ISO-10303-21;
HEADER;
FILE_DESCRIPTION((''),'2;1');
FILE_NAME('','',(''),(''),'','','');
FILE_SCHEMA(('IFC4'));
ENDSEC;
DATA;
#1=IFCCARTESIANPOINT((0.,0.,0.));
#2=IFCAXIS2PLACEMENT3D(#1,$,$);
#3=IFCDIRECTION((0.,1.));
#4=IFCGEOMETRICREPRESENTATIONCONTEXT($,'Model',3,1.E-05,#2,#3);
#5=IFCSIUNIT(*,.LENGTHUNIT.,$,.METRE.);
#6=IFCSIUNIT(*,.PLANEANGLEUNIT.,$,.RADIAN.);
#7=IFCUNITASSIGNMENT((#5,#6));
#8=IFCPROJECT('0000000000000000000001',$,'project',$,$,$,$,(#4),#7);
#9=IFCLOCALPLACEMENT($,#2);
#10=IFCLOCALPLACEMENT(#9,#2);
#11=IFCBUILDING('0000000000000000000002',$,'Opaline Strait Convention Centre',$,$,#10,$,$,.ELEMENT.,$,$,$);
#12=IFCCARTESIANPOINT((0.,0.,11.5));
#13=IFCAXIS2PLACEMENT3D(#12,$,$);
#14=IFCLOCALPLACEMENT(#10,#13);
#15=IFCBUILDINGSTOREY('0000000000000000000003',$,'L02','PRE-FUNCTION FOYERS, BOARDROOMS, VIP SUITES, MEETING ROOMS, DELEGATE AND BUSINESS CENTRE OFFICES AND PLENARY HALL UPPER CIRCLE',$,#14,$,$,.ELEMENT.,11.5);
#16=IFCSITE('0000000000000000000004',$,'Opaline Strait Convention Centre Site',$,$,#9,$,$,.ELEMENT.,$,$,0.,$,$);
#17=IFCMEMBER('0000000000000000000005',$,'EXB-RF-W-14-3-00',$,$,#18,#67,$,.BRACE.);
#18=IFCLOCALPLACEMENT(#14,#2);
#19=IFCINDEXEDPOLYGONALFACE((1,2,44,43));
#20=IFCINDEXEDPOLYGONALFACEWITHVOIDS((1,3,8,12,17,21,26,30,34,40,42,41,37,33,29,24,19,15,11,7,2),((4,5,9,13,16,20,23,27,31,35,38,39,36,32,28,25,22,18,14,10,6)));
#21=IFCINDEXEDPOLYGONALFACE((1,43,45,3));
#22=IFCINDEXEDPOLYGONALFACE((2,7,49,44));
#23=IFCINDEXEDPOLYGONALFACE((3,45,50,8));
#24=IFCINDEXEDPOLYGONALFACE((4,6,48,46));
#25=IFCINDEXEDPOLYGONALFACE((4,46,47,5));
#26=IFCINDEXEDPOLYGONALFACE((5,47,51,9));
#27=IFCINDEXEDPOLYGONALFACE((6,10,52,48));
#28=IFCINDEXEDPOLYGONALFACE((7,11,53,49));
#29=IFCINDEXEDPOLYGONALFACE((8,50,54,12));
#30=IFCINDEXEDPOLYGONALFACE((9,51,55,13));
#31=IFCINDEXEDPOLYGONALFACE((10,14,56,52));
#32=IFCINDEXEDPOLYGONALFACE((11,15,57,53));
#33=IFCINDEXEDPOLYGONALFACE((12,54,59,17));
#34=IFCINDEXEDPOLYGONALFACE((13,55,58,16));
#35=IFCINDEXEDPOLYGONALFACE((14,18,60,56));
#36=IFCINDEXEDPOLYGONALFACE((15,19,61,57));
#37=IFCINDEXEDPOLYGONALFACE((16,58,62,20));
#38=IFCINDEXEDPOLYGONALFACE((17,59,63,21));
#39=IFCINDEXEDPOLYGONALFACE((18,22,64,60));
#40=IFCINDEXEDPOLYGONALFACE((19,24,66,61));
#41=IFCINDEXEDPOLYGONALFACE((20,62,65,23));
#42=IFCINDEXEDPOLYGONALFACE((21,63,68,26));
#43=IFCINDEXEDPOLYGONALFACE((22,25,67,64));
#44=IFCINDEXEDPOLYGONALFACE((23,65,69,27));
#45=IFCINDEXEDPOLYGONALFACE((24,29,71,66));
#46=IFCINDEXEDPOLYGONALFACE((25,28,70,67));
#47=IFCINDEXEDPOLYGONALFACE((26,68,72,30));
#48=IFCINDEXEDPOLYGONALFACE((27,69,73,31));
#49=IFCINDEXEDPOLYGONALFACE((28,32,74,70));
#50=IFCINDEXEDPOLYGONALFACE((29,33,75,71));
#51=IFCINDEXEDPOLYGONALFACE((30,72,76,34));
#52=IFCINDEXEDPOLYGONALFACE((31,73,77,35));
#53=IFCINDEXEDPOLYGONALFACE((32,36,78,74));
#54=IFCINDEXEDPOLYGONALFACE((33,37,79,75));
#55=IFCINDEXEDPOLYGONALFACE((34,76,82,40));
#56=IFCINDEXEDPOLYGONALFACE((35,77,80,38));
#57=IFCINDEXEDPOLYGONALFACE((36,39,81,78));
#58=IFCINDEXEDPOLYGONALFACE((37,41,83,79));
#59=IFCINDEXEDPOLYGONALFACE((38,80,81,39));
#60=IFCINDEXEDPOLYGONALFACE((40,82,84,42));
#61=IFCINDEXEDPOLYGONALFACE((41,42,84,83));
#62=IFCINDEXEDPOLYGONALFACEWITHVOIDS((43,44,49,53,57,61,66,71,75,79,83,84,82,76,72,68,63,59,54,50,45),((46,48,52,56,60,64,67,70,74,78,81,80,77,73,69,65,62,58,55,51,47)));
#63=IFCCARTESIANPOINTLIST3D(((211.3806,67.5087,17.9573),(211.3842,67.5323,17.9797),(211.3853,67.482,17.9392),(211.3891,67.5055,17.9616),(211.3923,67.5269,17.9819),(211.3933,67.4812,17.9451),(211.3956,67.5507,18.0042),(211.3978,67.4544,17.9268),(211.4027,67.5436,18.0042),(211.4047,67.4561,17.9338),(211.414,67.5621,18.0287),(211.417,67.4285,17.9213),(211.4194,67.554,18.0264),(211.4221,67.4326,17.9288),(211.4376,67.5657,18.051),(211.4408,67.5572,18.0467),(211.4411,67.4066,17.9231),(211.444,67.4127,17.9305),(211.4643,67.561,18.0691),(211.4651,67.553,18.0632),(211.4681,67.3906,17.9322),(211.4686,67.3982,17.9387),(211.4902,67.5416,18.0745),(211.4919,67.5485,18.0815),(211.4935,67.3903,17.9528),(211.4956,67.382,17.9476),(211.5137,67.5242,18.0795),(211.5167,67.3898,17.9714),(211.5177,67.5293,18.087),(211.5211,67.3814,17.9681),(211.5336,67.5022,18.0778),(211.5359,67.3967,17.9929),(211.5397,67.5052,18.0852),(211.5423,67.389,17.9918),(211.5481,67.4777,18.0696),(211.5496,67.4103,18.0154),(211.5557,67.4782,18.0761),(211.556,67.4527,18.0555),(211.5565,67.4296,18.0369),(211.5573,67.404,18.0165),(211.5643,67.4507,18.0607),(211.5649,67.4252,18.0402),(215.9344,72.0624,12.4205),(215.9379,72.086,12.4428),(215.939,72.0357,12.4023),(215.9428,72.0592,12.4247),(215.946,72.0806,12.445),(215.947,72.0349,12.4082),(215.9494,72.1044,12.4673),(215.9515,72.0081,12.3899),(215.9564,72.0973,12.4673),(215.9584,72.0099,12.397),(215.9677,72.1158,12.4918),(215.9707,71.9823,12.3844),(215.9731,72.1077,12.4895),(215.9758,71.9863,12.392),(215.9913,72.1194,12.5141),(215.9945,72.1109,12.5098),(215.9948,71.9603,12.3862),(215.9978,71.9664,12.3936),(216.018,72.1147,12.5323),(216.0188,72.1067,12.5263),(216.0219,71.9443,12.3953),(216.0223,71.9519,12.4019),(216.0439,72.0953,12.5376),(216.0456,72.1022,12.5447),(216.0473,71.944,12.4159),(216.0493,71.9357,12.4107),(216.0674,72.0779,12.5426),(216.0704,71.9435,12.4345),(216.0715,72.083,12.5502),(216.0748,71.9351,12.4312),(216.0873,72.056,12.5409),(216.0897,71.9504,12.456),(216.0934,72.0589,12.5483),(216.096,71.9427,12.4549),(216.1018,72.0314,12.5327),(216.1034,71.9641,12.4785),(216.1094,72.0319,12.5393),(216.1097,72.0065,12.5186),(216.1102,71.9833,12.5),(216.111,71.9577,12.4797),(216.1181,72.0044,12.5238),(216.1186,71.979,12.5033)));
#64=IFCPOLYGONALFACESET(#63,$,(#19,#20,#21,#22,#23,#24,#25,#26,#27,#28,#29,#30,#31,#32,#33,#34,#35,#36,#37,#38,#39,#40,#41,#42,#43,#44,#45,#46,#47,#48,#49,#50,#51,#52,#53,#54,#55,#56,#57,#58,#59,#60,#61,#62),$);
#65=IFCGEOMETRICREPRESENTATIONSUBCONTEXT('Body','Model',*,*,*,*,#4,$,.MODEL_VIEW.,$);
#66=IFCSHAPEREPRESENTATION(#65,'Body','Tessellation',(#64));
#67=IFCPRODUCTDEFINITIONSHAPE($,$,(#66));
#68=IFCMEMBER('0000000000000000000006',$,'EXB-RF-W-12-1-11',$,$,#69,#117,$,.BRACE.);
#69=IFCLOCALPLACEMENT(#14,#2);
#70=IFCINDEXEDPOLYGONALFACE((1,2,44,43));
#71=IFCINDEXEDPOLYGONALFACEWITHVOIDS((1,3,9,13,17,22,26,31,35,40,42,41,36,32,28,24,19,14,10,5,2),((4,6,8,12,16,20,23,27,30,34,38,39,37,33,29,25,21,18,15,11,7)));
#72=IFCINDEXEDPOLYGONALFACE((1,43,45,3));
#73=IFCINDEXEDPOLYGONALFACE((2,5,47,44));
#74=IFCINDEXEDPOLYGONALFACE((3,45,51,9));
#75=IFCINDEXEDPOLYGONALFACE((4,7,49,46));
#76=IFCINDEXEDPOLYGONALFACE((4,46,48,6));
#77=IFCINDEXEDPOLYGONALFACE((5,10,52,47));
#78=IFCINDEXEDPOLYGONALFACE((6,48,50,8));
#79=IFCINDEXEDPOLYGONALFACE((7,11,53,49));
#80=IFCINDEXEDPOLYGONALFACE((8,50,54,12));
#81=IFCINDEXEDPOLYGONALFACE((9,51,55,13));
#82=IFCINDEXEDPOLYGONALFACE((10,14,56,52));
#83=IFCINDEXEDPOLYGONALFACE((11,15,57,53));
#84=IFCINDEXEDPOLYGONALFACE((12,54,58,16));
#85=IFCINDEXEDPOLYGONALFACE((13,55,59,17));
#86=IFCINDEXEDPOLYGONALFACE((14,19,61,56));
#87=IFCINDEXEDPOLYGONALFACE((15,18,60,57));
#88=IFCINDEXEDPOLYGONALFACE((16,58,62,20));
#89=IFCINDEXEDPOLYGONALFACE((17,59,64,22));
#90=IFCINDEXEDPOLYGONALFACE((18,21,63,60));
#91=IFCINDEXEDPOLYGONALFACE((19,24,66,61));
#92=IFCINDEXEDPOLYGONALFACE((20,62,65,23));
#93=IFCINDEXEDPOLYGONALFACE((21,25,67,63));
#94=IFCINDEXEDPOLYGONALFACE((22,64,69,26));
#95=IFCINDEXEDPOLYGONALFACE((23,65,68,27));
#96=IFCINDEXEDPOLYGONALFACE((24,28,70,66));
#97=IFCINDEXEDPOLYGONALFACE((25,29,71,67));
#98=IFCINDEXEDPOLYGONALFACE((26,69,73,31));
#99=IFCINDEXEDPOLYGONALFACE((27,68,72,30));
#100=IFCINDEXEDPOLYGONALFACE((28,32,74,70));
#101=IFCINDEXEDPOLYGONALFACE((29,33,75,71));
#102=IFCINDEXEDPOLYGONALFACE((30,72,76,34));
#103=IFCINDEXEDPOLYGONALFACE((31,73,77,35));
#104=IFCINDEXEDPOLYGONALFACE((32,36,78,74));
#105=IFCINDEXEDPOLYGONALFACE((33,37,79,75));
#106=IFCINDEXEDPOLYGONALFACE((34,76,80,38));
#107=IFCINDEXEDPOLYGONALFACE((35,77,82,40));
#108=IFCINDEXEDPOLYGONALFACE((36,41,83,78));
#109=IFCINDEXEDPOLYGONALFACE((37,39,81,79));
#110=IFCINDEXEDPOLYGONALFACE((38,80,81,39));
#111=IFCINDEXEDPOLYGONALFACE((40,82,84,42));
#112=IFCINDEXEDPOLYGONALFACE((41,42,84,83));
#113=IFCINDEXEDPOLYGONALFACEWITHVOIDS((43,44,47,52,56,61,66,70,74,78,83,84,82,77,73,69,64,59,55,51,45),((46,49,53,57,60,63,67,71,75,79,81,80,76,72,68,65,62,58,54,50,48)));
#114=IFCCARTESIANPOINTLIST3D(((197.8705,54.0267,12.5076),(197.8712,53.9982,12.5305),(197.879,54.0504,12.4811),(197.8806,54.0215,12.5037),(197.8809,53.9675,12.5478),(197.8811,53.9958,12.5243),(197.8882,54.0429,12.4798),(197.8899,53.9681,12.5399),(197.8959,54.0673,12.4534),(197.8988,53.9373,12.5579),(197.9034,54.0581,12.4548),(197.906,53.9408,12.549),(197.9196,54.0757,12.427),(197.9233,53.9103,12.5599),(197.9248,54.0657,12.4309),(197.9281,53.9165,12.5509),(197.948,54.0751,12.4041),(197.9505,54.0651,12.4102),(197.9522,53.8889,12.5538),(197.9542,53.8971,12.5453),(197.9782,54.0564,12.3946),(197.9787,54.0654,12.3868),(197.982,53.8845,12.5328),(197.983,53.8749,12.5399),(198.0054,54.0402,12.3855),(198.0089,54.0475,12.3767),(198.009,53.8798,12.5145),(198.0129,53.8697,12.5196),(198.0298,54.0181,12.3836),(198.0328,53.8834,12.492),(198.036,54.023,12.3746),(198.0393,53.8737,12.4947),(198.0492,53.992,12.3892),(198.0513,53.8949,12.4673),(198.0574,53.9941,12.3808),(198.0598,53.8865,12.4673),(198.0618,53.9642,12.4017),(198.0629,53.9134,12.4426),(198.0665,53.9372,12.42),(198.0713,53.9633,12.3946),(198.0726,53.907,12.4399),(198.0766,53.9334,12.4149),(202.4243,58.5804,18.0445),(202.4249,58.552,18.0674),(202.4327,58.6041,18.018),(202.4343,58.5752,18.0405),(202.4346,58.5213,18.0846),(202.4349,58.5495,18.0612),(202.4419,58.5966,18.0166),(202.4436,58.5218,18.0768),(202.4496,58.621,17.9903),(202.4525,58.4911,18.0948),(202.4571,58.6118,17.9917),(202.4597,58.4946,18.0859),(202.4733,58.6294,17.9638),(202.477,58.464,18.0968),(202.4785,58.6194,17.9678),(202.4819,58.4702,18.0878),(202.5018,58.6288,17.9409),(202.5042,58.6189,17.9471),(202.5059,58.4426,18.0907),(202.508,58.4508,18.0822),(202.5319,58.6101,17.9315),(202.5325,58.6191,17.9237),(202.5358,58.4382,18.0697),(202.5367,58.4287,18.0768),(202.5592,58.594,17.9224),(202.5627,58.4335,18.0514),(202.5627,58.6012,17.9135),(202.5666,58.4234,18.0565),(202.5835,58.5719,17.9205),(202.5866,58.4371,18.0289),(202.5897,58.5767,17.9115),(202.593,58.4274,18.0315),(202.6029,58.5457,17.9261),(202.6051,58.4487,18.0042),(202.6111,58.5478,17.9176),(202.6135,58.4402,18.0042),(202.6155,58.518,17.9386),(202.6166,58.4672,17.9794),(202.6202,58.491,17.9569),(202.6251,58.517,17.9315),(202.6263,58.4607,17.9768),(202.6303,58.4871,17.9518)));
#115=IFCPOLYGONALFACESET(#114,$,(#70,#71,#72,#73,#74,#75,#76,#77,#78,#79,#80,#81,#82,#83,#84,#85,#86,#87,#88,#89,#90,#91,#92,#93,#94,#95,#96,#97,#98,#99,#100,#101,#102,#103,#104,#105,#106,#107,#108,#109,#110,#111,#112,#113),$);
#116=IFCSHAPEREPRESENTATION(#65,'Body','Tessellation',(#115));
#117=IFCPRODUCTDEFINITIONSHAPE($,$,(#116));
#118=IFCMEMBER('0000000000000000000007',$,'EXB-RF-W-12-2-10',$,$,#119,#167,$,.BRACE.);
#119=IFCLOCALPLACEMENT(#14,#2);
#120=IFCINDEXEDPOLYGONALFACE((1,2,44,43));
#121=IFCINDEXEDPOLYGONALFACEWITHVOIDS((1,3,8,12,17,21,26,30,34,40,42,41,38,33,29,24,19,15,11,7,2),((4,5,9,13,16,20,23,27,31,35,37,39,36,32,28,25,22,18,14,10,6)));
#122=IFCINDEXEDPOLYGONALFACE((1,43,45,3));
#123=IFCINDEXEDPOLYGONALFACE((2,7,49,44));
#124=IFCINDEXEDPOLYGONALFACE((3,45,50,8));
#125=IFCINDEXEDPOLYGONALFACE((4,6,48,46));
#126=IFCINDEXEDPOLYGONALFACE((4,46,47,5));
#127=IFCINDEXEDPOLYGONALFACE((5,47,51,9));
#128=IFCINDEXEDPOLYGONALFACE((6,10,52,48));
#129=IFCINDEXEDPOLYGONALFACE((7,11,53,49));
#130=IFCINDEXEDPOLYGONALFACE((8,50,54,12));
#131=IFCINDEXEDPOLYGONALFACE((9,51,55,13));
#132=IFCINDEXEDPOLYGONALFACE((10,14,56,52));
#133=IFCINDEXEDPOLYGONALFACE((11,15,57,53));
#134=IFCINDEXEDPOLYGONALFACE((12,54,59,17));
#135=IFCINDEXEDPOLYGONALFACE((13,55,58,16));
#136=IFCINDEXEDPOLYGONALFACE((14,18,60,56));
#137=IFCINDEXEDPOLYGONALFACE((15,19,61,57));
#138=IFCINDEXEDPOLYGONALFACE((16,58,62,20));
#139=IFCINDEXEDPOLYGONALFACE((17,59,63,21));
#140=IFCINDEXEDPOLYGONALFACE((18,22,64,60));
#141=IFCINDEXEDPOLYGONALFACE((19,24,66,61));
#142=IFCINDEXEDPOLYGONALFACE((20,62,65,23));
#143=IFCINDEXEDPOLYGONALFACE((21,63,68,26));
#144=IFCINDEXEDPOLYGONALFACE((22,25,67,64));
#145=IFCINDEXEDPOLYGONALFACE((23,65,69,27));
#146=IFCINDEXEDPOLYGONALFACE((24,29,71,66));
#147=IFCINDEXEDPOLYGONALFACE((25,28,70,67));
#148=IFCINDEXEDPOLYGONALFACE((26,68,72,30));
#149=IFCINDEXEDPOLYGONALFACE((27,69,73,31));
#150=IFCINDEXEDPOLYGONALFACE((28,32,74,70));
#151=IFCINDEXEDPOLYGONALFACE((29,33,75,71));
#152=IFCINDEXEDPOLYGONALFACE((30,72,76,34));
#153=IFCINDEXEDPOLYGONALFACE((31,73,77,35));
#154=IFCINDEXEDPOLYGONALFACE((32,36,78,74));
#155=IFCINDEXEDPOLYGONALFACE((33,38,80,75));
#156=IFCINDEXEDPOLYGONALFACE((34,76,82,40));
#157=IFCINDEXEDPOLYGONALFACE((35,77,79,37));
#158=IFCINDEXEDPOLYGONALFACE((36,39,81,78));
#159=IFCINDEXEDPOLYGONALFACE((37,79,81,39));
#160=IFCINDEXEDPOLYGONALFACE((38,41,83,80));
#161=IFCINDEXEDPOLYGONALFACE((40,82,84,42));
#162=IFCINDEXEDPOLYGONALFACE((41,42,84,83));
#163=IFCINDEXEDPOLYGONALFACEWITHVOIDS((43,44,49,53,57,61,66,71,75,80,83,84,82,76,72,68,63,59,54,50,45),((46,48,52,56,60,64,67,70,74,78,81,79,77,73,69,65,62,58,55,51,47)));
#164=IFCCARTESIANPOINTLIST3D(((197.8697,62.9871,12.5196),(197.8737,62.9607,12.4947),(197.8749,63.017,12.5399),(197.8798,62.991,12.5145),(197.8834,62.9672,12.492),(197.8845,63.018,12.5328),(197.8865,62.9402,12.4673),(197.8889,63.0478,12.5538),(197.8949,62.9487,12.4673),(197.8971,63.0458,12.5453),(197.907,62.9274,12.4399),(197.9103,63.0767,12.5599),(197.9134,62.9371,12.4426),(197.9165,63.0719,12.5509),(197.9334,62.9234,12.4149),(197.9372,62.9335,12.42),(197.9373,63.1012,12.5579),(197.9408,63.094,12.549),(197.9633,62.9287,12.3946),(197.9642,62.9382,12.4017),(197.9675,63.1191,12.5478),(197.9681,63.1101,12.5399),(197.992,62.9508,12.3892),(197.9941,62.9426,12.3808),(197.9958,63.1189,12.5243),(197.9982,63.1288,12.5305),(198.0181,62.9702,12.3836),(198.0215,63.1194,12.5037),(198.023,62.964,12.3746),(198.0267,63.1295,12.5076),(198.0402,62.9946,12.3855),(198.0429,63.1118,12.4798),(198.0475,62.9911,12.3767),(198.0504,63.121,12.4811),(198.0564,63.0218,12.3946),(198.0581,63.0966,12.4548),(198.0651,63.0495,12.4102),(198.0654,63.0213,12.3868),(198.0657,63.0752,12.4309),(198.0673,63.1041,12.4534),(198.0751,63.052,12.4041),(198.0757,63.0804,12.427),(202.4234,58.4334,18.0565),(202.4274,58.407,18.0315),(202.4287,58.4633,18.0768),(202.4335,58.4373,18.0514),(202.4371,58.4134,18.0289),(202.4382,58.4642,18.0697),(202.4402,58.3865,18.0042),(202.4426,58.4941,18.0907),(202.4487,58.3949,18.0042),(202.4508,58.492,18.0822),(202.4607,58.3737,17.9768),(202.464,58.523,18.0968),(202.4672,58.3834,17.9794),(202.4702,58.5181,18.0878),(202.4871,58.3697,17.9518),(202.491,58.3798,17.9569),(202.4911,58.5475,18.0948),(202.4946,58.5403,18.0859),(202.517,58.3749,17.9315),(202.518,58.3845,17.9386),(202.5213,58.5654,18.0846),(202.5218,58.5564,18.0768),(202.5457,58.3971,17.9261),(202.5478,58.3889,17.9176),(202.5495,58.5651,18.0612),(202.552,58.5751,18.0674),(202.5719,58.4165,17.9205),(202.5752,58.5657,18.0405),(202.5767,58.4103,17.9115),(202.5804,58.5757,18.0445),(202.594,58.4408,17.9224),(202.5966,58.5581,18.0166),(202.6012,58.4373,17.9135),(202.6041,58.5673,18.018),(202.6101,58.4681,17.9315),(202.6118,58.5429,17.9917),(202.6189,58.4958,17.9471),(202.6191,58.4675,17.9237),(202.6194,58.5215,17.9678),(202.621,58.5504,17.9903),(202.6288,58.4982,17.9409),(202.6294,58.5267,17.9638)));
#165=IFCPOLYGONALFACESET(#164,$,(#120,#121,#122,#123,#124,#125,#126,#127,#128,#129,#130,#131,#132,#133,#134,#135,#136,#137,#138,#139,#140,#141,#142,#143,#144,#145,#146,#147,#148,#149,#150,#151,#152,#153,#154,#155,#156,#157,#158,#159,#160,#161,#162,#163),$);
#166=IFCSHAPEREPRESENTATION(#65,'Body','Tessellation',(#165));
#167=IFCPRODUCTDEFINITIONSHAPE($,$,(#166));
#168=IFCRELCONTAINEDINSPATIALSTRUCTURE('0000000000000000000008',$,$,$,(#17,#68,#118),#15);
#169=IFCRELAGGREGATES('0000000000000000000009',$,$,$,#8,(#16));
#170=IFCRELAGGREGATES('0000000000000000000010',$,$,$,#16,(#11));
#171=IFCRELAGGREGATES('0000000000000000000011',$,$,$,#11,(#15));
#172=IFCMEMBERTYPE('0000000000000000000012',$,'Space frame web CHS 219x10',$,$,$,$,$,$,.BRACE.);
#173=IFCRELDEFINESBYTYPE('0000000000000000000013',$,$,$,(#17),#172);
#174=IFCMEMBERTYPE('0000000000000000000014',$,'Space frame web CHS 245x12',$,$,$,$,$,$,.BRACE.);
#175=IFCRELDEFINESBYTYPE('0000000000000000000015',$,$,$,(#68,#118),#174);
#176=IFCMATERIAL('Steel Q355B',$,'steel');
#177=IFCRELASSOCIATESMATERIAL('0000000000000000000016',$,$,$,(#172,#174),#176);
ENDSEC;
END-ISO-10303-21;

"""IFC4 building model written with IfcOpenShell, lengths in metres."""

from ifc_helpers import new_model, si_unit, direction, frame, origin, origin_2d, place, context, subcontext, project, spatial, hollow_circle, extrude, material, material_profile, profile_set, type_object, element, save


model = new_model("IFC4")

# Units and contexts
model_context = context("Model", 3, precision=1e-05, world=origin(), true_north=direction((0.0, 1.0)))
body_context = subcontext(model_context, "Body", "Model", "MODEL_VIEW")
ifc_project = project(units=[si_unit("LENGTHUNIT", "METRE"), si_unit("PLANEANGLEUNIT", "RADIAN")], contexts=[model_context])

# Site, building, storey
site_placement = place(None, origin())
site = spatial("IfcSite", under=ifc_project, at=site_placement, Name="Opaline Strait Convention Centre Site", CompositionType="ELEMENT", RefElevation=0.0)
building_placement = place(site_placement, origin())
building = spatial("IfcBuilding", under=site, at=building_placement, Name="Opaline Strait Convention Centre", CompositionType="ELEMENT")
storey_placement = place(building_placement, frame((0.0, 0.0, 11.5)))
storey = spatial("IfcBuildingStorey", under=building, at=storey_placement, Name="L02", Description="PRE-FUNCTION FOYERS, BOARDROOMS, VIP SUITES, MEETING ROOMS, DELEGATE AND BUSINESS CENTRE OFFICES AND PLENARY HALL UPPER CIRCLE", CompositionType="ELEMENT", Elevation=11.5)

# Members
ifc_material = material(Name="Steel Q355B", Category="steel")
ifc_material_profile_1 = material_profile(ifc_material, hollow_circle(Radius=0.1096, WallThickness=0.01, at=origin_2d()), Name="CHS 219x10")
ifc_profile_set_1 = profile_set([ifc_material_profile_1], Name="Steel Q355B")
member_type_1 = type_object("IfcMemberType", Name="Space frame web CHS 219x10", PredefinedType="BRACE", material=ifc_profile_set_1)
for number, where, z_axis, x_axis, name in (
    (1, (211.4731, 67.4731, 18.0042), (0.536178, 0.536178, -0.65194), (-0.707107, 0.707107, 0.0), "EXB-RF-W-14-3-00"),
):
    element("IfcMember", number, at=place(storey_placement, frame(where, z_axis=z_axis, x_axis=x_axis)), inside=storey, type_object=member_type_1, Name=name, PredefinedType="BRACE", context=body_context, shape_type="SweptSolid", body=[
        extrude(hollow_circle(Radius=0.1096, WallThickness=0.01, at=origin_2d()), origin(), (0.0, 0.0, 1.0), 8.4929),
    ])
ifc_material_profile_2 = material_profile(ifc_material, hollow_circle(Radius=0.1226, WallThickness=0.012, at=origin_2d()), Name="CHS 245x12")
ifc_profile_set_2 = profile_set([ifc_material_profile_2], Name="Steel Q355B")
member_type_2 = type_object("IfcMemberType", Name="Space frame web CHS 245x12", PredefinedType="BRACE", material=ifc_profile_set_2)
for number, where, z_axis, x_axis, name in (
    (2, (202.5269, 58.5269, 18.0042), (-0.536178, -0.536178, -0.65194), (0.707107, -0.707107, 0.0), "EXB-RF-W-12-1-11"),
    (3, (202.5269, 58.4731, 18.0042), (-0.536178, 0.536178, -0.65194), (-0.707107, -0.707107, 0.0), "EXB-RF-W-12-2-10"),
):
    element("IfcMember", number, at=place(storey_placement, frame(where, z_axis=z_axis, x_axis=x_axis)), inside=storey, type_object=member_type_2, Name=name, PredefinedType="BRACE", context=body_context, shape_type="SweptSolid", body=[
        extrude(hollow_circle(Radius=0.1226, WallThickness=0.012, at=origin_2d()), origin(), (0.0, 0.0, 1.0), 8.4929),
    ])

save(model, "model.ifc")
